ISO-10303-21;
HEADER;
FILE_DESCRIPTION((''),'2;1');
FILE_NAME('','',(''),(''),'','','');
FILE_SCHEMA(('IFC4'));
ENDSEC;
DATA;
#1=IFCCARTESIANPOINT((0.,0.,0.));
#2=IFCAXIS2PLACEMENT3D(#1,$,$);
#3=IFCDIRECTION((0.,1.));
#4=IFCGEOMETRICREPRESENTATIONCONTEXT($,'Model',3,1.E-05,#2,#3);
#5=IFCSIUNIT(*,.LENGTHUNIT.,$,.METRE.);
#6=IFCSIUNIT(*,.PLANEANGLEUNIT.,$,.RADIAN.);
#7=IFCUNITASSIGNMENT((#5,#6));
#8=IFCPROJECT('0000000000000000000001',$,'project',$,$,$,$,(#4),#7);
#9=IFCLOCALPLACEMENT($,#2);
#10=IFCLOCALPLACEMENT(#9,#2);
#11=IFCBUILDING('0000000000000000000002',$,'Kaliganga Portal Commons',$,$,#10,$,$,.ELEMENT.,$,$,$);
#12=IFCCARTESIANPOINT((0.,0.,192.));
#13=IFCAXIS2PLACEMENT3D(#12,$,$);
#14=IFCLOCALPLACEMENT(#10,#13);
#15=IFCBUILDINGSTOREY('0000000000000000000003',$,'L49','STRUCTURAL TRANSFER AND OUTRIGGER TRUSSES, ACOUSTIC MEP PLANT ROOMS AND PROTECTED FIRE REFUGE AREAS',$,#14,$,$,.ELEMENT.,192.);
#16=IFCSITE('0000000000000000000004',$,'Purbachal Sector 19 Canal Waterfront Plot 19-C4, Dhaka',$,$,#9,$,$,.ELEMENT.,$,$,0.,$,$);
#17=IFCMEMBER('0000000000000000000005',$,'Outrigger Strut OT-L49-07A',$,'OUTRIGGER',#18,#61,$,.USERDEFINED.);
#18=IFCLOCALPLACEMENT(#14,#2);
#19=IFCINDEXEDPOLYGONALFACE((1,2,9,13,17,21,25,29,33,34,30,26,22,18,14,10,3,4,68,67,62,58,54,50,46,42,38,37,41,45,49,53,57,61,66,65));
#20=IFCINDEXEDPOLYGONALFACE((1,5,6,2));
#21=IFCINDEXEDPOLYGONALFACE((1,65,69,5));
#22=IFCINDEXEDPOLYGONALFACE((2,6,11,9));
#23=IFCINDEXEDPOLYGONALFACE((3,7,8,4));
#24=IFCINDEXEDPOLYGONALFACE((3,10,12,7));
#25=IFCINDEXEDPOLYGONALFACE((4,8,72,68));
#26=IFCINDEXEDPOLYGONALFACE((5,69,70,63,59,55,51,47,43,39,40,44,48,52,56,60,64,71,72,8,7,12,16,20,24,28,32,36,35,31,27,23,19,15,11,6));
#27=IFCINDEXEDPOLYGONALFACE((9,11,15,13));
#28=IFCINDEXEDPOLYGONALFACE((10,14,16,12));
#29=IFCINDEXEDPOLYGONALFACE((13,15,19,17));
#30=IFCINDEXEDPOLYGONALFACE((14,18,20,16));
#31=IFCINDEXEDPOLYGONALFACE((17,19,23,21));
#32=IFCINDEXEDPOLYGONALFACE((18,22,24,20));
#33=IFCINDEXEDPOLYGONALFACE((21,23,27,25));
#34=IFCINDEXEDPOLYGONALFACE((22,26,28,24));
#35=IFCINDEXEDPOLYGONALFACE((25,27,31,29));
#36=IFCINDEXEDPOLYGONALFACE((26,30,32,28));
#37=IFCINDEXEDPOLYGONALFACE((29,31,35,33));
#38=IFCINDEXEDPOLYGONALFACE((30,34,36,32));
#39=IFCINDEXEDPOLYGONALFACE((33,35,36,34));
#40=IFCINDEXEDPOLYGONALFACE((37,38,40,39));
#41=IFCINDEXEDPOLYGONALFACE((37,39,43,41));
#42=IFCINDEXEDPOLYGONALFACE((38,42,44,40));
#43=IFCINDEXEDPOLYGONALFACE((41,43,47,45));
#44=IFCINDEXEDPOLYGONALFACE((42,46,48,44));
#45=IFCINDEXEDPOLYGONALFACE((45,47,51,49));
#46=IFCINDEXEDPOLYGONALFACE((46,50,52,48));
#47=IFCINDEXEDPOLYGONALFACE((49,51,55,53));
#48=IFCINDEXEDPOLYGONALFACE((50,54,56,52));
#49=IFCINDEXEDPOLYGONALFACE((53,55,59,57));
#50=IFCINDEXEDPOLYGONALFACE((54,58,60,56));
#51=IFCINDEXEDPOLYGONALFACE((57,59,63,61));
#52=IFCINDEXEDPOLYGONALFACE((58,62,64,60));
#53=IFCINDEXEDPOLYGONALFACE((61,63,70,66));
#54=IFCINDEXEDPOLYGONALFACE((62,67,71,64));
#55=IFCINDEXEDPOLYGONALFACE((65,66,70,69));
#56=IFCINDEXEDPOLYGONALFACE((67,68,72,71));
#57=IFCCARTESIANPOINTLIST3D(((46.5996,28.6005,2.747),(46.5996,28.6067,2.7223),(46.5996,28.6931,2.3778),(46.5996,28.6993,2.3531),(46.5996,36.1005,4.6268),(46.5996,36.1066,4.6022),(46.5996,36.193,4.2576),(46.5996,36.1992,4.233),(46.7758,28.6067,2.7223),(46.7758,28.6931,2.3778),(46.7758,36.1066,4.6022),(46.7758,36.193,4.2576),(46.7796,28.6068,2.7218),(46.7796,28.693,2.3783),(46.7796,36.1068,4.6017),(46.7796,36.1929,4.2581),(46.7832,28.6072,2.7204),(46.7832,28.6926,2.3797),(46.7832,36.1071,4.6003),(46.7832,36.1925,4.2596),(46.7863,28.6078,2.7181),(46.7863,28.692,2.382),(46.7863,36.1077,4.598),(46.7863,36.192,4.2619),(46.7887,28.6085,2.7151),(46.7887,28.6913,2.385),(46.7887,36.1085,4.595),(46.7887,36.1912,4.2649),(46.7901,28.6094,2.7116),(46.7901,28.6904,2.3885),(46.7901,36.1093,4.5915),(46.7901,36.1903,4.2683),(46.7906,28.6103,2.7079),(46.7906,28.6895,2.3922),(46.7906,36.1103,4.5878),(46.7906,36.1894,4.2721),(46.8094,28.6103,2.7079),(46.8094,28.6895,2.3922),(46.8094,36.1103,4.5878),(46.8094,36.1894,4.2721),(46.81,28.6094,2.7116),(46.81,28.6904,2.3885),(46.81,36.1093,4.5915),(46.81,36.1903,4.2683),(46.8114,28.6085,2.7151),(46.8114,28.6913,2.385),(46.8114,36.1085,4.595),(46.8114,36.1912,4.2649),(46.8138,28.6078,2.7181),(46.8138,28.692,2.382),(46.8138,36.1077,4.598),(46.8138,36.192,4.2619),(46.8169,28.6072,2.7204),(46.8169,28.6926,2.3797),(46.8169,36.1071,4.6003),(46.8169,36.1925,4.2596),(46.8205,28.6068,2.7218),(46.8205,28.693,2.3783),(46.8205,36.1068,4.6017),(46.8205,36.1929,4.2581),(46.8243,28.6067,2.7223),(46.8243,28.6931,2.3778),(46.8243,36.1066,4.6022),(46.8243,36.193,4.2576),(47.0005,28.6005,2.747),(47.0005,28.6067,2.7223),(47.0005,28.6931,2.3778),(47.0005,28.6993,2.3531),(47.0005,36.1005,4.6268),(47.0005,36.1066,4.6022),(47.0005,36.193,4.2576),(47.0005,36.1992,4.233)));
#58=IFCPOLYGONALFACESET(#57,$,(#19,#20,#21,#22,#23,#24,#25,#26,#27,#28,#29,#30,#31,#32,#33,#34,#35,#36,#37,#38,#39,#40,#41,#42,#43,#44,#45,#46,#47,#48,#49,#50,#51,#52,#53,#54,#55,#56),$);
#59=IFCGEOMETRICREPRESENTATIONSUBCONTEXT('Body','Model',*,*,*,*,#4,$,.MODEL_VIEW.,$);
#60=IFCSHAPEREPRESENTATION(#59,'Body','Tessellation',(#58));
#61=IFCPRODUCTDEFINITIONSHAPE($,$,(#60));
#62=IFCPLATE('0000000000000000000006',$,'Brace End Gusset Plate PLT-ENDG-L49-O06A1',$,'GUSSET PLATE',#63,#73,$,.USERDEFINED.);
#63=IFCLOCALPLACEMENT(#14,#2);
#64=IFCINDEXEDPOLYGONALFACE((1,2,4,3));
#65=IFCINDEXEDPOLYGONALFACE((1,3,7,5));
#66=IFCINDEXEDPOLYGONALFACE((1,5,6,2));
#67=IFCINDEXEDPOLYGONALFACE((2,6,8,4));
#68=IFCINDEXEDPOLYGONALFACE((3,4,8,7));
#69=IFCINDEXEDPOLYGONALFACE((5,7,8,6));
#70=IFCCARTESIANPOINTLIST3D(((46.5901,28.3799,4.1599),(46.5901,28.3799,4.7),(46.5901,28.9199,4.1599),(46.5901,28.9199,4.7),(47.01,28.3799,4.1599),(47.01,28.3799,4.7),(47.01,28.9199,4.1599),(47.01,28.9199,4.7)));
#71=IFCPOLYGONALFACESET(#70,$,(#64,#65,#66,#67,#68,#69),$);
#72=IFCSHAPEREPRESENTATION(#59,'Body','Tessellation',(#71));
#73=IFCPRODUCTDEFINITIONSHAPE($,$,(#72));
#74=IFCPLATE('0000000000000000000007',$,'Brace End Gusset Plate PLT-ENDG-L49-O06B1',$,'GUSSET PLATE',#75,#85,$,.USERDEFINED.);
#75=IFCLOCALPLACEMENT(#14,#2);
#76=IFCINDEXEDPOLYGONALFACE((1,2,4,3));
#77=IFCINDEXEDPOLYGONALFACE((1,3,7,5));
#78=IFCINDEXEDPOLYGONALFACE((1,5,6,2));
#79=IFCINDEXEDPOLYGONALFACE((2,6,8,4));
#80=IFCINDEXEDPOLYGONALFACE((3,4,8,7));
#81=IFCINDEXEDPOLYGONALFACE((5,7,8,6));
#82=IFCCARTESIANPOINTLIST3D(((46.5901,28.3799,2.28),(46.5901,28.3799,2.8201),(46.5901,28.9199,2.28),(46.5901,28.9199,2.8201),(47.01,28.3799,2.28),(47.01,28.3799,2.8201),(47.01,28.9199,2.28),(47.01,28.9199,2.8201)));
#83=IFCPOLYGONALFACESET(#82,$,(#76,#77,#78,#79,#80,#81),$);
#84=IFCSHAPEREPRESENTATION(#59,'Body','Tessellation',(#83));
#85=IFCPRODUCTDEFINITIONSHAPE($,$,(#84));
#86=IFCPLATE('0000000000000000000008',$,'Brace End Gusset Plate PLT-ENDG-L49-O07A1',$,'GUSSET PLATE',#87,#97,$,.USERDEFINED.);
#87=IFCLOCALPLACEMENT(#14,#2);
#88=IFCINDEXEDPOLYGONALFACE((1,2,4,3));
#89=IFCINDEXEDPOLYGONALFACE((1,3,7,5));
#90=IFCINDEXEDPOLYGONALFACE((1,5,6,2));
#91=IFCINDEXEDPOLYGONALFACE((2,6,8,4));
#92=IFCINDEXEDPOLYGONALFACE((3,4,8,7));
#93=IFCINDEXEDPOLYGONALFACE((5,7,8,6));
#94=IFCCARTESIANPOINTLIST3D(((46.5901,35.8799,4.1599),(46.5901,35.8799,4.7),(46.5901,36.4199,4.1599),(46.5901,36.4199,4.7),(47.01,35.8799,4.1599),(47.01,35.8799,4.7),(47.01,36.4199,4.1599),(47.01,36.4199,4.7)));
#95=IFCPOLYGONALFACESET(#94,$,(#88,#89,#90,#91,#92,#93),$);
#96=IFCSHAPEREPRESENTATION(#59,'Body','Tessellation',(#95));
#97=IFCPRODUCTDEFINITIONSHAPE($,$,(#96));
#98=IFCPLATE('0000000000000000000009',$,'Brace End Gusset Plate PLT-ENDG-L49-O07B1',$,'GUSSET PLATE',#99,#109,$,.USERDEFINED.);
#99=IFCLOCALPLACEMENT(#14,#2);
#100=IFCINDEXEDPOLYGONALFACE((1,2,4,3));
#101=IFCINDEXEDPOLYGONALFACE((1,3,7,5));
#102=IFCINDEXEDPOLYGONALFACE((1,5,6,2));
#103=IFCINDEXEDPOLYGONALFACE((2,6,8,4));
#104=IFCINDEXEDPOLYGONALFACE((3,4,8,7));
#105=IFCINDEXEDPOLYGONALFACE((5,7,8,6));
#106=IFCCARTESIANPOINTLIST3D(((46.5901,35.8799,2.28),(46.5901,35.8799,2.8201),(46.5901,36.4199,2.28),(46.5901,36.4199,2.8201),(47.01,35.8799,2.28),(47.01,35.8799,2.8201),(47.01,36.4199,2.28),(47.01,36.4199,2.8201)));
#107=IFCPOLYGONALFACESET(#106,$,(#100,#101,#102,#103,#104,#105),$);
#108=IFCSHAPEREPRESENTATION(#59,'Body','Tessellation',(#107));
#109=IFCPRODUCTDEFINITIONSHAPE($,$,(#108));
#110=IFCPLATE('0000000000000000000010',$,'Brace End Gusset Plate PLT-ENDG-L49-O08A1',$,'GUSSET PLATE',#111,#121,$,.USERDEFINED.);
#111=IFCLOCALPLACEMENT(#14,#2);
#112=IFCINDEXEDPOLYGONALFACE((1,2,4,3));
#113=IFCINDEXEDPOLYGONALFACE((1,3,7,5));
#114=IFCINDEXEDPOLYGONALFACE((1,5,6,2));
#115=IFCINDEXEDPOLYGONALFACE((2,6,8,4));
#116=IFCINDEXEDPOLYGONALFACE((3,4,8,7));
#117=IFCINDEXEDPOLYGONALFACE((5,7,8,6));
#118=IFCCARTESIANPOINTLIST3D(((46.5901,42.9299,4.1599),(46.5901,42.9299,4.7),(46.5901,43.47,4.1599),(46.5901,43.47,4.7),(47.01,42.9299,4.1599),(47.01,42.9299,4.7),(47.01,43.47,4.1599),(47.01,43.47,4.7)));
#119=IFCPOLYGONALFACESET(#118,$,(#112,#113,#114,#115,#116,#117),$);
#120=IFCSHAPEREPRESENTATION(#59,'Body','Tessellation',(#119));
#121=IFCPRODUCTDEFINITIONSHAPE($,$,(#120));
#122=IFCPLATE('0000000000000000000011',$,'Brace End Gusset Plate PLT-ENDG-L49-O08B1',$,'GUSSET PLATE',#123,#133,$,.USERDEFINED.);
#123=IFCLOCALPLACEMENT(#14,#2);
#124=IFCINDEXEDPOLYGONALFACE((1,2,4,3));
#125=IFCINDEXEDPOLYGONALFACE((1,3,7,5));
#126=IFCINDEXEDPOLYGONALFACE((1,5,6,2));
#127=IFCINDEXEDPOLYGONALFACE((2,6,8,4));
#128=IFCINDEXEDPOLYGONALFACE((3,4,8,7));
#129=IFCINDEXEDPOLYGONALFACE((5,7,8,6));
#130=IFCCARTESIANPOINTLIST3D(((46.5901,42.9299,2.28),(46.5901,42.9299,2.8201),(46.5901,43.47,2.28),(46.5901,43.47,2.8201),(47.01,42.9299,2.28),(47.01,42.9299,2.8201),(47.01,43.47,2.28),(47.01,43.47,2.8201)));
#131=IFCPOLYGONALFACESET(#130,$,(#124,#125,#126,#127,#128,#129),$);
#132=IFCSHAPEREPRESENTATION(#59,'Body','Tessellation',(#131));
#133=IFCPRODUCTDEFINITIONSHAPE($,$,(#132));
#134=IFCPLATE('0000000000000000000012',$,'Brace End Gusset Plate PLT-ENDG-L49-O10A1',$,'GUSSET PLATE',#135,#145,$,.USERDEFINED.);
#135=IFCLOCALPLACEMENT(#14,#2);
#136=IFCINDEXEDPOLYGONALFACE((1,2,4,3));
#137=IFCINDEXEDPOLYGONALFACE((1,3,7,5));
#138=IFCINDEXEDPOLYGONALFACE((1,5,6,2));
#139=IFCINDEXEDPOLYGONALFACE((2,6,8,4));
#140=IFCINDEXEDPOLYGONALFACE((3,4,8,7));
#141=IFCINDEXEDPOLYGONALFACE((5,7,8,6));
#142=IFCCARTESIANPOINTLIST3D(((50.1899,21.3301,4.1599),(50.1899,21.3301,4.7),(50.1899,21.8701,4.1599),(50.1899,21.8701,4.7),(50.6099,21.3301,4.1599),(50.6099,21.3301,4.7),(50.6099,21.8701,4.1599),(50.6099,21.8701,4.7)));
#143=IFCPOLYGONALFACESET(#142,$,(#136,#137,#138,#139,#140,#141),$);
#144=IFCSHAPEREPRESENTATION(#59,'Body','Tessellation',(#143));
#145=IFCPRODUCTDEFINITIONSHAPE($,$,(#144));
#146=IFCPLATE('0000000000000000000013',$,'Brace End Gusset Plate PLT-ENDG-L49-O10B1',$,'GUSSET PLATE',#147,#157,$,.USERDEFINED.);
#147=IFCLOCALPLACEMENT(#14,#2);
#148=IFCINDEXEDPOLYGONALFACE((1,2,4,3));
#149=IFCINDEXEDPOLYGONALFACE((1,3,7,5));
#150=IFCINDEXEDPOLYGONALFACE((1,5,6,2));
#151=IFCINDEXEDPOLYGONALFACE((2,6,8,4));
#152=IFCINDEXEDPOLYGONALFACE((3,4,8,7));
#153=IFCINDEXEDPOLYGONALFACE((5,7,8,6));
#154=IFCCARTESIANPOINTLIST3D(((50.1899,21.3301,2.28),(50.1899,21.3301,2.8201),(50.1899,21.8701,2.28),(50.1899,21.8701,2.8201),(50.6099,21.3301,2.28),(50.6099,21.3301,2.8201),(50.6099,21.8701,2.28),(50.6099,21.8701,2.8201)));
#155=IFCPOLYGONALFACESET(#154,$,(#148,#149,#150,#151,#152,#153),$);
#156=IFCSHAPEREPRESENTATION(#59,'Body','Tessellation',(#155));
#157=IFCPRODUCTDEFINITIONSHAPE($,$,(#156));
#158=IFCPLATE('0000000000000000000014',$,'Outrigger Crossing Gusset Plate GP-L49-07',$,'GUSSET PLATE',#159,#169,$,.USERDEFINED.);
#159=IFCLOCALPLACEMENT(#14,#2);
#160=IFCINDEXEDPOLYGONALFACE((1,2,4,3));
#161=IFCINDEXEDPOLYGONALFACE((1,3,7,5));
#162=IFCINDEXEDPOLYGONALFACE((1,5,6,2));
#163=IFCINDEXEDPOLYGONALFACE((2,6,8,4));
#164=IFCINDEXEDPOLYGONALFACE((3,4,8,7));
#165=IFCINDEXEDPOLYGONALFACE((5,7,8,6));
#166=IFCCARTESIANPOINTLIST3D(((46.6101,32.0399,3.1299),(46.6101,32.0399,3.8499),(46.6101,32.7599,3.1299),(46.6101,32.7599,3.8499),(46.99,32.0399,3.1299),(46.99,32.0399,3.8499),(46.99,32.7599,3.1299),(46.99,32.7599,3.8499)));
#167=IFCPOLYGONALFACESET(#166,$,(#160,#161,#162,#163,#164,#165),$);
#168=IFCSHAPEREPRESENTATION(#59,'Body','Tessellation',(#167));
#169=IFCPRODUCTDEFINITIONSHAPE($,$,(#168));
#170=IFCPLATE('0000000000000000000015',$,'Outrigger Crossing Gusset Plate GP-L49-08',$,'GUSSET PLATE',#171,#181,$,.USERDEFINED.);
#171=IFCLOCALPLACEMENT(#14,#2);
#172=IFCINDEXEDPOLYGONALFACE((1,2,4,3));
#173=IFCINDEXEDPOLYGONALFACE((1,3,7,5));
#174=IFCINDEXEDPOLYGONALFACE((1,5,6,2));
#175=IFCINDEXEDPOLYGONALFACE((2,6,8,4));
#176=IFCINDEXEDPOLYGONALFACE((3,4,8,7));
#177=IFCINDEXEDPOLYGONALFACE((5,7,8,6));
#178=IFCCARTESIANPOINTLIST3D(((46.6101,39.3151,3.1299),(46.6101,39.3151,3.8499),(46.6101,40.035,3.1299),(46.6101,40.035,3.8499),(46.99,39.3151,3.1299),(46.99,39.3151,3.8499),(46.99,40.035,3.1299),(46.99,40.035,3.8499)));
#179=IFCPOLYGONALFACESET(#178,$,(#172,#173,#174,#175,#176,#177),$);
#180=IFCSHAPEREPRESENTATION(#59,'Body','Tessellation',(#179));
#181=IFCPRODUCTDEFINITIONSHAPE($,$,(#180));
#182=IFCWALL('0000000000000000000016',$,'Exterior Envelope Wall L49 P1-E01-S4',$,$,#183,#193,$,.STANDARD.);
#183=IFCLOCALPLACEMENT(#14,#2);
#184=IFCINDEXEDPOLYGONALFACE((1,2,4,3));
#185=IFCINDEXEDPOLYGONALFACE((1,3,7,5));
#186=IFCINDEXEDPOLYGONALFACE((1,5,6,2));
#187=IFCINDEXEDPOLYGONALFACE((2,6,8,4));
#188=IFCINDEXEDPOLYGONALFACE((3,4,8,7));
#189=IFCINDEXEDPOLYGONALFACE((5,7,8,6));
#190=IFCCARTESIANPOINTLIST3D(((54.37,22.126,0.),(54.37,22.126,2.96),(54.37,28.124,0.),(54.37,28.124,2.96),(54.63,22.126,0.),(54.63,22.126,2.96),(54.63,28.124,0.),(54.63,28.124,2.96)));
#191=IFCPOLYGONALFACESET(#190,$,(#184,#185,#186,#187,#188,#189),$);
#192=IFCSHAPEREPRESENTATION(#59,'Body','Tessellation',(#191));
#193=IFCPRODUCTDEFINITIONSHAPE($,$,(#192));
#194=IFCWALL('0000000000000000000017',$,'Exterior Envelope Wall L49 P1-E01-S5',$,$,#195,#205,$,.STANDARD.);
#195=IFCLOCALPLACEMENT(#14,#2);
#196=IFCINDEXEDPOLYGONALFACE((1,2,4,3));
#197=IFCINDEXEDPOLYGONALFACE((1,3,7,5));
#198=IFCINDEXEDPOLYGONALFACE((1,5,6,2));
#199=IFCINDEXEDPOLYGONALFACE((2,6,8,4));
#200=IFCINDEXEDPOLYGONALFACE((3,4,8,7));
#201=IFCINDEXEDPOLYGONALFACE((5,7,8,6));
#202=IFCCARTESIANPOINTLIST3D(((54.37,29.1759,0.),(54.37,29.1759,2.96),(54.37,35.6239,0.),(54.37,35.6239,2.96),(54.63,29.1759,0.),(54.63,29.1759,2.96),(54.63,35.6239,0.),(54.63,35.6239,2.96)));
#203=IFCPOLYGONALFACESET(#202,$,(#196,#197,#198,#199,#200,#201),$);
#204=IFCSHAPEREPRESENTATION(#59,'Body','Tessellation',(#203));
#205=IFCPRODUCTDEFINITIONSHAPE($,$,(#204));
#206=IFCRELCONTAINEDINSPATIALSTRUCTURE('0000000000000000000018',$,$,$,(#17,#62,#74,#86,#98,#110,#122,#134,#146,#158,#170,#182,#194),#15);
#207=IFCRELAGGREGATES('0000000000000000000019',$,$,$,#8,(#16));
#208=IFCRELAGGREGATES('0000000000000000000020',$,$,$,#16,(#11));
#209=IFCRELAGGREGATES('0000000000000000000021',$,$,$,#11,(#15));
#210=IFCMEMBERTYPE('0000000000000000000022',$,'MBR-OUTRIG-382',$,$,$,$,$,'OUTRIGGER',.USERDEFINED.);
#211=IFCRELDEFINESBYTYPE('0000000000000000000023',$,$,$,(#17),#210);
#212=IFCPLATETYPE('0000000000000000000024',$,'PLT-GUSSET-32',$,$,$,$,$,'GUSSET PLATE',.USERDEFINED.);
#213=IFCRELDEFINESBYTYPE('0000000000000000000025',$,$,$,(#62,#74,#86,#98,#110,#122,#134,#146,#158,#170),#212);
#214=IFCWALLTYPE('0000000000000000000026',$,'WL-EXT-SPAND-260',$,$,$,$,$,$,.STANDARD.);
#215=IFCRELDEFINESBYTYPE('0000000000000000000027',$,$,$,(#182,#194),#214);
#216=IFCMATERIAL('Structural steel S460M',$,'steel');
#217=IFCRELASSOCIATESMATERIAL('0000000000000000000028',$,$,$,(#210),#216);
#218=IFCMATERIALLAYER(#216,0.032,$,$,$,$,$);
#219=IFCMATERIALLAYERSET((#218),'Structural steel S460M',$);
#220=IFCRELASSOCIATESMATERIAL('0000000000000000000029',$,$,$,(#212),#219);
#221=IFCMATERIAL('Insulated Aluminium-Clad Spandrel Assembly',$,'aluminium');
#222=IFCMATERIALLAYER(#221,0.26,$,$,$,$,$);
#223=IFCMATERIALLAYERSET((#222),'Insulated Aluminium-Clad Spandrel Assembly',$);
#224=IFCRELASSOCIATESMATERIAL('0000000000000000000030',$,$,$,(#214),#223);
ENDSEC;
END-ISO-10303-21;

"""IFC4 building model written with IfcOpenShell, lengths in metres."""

from ifc_helpers import new_model, si_unit, direction, frame, frame_2d, origin, origin_2d, place, context, subcontext, project, spatial, rectangle, i_section, extrude, source, transform, mapped, material, layer, layer_set, material_profile, profile_set, type_object, element, save


model = new_model("IFC4")

# Units and contexts
model_context = context("Model", 3, precision=1e-05, world=origin(), true_north=direction((0.0, 1.0)))
body_context = subcontext(model_context, "Body", "Model", "MODEL_VIEW")
ifc_project = project(units=[si_unit("LENGTHUNIT", "METRE"), si_unit("PLANEANGLEUNIT", "RADIAN")], contexts=[model_context])

# Site, building, storey
site_placement = place(None, origin())
site = spatial("IfcSite", under=ifc_project, at=site_placement, Name="Purbachal Sector 19 Canal Waterfront Plot 19-C4, Dhaka", CompositionType="ELEMENT", RefElevation=0.0)
building_placement = place(site_placement, origin())
building = spatial("IfcBuilding", under=site, at=building_placement, Name="Kaliganga Portal Commons", CompositionType="ELEMENT")
storey_placement = place(building_placement, frame((0.0, 0.0, 192.0)))
storey = spatial("IfcBuildingStorey", under=building, at=storey_placement, Name="L49", Description="STRUCTURAL TRANSFER AND OUTRIGGER TRUSSES, ACOUSTIC MEP PLANT ROOMS AND PROTECTED FIRE REFUGE AREAS", CompositionType="ELEMENT", Elevation=192.0)

# Member
ifc_material_1 = material(Name="Structural steel S460M", Category="steel")
ifc_material_profile_1 = material_profile(ifc_material_1, i_section(OverallWidth=0.4009, OverallDepth=0.406, WebThickness=0.0188, FlangeThickness=0.0254, FilletRadius=0.0149, at=origin_2d()), Name="HD 400x314")
ifc_profile_set_1 = profile_set([ifc_material_profile_1], Name="Structural steel S460M wide-flange")
member_type_1 = type_object("IfcMemberType", Name="MBR-OUTRIG-382", ElementType="OUTRIGGER", PredefinedType="USERDEFINED", material=ifc_profile_set_1)
shared_shape_1 = source(origin(), body_context, "Body", "SweptSolid", [
    extrude(i_section(OverallWidth=0.4009, OverallDepth=0.406, WebThickness=0.0188, FlangeThickness=0.0254, FilletRadius=0.0149, at=origin_2d()), origin(), (0.0, 0.0, 1.0), 7.7319),
])
member_1_placement = place(storey_placement, frame((46.8, 28.6499, 2.55), z_axis=(0.0, 0.969994, 0.24313), x_axis=(-1.0, 0.0, 0.0)))
element("IfcMember", 1, at=member_1_placement, inside=storey, type_object=member_type_1, Name="Outrigger Strut OT-L49-07A", ObjectType="OUTRIGGER", PredefinedType="USERDEFINED", context=body_context, shape_type="MappedRepresentation", body=[
    mapped(shared_shape_1, transform((0.0, 0.0, 0.0), x_axis=(1.0, 0.0, 0.0), y_axis=(0.0, 1.0, 0.0), z_axis=(0.0, 0.0, 1.0), scale=1.0)),
])

# Plates
ifc_layer_1 = layer(ifc_material_1, 0.032)
ifc_layer_set_1 = layer_set([ifc_layer_1], Name="Structural steel S460M")
plate_type = type_object("IfcPlateType", Name="PLT-GUSSET-32", ElementType="GUSSET PLATE", PredefinedType="USERDEFINED", material=ifc_layer_set_1)
shared_shape_2 = source(origin(), body_context, "Body", "SweptSolid", [
    extrude(rectangle(XDim=0.54, YDim=0.4199, at=origin_2d()), origin(), (0.0, 0.0, 1.0), 0.54),
])
for number, where, z_axis, x_axis, name in (
    (2, (46.8, 28.6499, 4.1599), (0.0, 0.0, 1.0), (0.0, 1.0, 0.0), "Brace End Gusset Plate PLT-ENDG-L49-O06A1"),
    (3, (46.8, 28.6499, 2.28), (0.0, 0.0, 1.0), (0.0, 1.0, 0.0), "Brace End Gusset Plate PLT-ENDG-L49-O06B1"),
    (4, (46.8, 36.1499, 4.1599), (0.0, 0.0, 1.0), (0.0, 1.0, 0.0), "Brace End Gusset Plate PLT-ENDG-L49-O07A1"),
    (5, (46.8, 36.1499, 2.28), (0.0, 0.0, 1.0), (0.0, 1.0, 0.0), "Brace End Gusset Plate PLT-ENDG-L49-O07B1"),
    (6, (46.8, 43.2, 4.1599), (0.0, 0.0, 1.0), (0.0, 1.0, 0.0), "Brace End Gusset Plate PLT-ENDG-L49-O08A1"),
    (7, (46.8, 43.2, 2.28), (0.0, 0.0, 1.0), (0.0, 1.0, 0.0), "Brace End Gusset Plate PLT-ENDG-L49-O08B1"),
    (8, (50.3999, 21.6001, 4.1599), (0.0, 0.0, 1.0), (0.0, 1.0, 0.0), "Brace End Gusset Plate PLT-ENDG-L49-O10A1"),
    (9, (50.3999, 21.6001, 2.28), (0.0, 0.0, 1.0), (0.0, 1.0, 0.0), "Brace End Gusset Plate PLT-ENDG-L49-O10B1"),
):
    element("IfcPlate", number, at=place(storey_placement, frame(where, z_axis=z_axis, x_axis=x_axis)), inside=storey, type_object=plate_type, Name=name, ObjectType="GUSSET PLATE", PredefinedType="USERDEFINED", context=body_context, shape_type="MappedRepresentation", body=[
        mapped(shared_shape_2, transform((0.0, 0.0, 0.0), x_axis=(1.0, 0.0, 0.0), y_axis=(0.0, 1.0, 0.0), z_axis=(0.0, 0.0, 1.0), scale=1.0)),
    ])
shared_shape_3 = source(origin(), body_context, "Body", "SweptSolid", [
    extrude(rectangle(XDim=0.72, YDim=0.3799, at=origin_2d()), origin(), (0.0, 0.0, 1.0), 0.72),
])
for number, where, z_axis, x_axis, name in (
    (10, (46.8, 32.3999, 3.1299), (0.0, 0.0, 1.0), (0.0, 1.0, 0.0), "Outrigger Crossing Gusset Plate GP-L49-07"),
    (11, (46.8, 39.675, 3.1299), (0.0, 0.0, 1.0), (0.0, 1.0, 0.0), "Outrigger Crossing Gusset Plate GP-L49-08"),
):
    element("IfcPlate", number, at=place(storey_placement, frame(where, z_axis=z_axis, x_axis=x_axis)), inside=storey, type_object=plate_type, Name=name, ObjectType="GUSSET PLATE", PredefinedType="USERDEFINED", context=body_context, shape_type="MappedRepresentation", body=[
        mapped(shared_shape_3, transform((0.0, 0.0, 0.0), x_axis=(1.0, 0.0, 0.0), y_axis=(0.0, 1.0, 0.0), z_axis=(0.0, 0.0, 1.0), scale=1.0)),
    ])

# Walls
ifc_material_2 = material(Name="Insulated Aluminium-Clad Spandrel Assembly", Category="aluminium")
ifc_layer_2 = layer(ifc_material_2, 0.26)
ifc_layer_set_2 = layer_set([ifc_layer_2], Name="Insulated Aluminium-Clad Spandrel Assembly")
wall_type = type_object("IfcWallType", Name="WL-EXT-SPAND-260", PredefinedType="STANDARD", material=ifc_layer_set_2)
wall_1_placement = place(storey_placement, frame((54.5, 28.124, 0.0), z_axis=(0.0, 0.0, 1.0), x_axis=(0.0, -1.0, 0.0)))
element("IfcWall", 12, at=wall_1_placement, inside=storey, type_object=wall_type, Name="Exterior Envelope Wall L49 P1-E01-S4", PredefinedType="STANDARD", context=body_context, shape_type="SweptSolid", body=[
    extrude(rectangle(XDim=5.998, YDim=0.26, at=frame_2d((2.999, 0.0))), origin(), (0.0, 0.0, 1.0), 2.96),
])
wall_2_placement = place(storey_placement, frame((54.5, 35.624, 0.0), z_axis=(0.0, 0.0, 1.0), x_axis=(0.0, -1.0, 0.0)))
element("IfcWall", 13, at=wall_2_placement, inside=storey, type_object=wall_type, Name="Exterior Envelope Wall L49 P1-E01-S5", PredefinedType="STANDARD", context=body_context, shape_type="SweptSolid", body=[
    extrude(rectangle(XDim=6.448, YDim=0.26, at=frame_2d((3.2241, 0.0))), origin(), (0.0, 0.0, 1.0), 2.96),
])

save(model, "model.ifc")
